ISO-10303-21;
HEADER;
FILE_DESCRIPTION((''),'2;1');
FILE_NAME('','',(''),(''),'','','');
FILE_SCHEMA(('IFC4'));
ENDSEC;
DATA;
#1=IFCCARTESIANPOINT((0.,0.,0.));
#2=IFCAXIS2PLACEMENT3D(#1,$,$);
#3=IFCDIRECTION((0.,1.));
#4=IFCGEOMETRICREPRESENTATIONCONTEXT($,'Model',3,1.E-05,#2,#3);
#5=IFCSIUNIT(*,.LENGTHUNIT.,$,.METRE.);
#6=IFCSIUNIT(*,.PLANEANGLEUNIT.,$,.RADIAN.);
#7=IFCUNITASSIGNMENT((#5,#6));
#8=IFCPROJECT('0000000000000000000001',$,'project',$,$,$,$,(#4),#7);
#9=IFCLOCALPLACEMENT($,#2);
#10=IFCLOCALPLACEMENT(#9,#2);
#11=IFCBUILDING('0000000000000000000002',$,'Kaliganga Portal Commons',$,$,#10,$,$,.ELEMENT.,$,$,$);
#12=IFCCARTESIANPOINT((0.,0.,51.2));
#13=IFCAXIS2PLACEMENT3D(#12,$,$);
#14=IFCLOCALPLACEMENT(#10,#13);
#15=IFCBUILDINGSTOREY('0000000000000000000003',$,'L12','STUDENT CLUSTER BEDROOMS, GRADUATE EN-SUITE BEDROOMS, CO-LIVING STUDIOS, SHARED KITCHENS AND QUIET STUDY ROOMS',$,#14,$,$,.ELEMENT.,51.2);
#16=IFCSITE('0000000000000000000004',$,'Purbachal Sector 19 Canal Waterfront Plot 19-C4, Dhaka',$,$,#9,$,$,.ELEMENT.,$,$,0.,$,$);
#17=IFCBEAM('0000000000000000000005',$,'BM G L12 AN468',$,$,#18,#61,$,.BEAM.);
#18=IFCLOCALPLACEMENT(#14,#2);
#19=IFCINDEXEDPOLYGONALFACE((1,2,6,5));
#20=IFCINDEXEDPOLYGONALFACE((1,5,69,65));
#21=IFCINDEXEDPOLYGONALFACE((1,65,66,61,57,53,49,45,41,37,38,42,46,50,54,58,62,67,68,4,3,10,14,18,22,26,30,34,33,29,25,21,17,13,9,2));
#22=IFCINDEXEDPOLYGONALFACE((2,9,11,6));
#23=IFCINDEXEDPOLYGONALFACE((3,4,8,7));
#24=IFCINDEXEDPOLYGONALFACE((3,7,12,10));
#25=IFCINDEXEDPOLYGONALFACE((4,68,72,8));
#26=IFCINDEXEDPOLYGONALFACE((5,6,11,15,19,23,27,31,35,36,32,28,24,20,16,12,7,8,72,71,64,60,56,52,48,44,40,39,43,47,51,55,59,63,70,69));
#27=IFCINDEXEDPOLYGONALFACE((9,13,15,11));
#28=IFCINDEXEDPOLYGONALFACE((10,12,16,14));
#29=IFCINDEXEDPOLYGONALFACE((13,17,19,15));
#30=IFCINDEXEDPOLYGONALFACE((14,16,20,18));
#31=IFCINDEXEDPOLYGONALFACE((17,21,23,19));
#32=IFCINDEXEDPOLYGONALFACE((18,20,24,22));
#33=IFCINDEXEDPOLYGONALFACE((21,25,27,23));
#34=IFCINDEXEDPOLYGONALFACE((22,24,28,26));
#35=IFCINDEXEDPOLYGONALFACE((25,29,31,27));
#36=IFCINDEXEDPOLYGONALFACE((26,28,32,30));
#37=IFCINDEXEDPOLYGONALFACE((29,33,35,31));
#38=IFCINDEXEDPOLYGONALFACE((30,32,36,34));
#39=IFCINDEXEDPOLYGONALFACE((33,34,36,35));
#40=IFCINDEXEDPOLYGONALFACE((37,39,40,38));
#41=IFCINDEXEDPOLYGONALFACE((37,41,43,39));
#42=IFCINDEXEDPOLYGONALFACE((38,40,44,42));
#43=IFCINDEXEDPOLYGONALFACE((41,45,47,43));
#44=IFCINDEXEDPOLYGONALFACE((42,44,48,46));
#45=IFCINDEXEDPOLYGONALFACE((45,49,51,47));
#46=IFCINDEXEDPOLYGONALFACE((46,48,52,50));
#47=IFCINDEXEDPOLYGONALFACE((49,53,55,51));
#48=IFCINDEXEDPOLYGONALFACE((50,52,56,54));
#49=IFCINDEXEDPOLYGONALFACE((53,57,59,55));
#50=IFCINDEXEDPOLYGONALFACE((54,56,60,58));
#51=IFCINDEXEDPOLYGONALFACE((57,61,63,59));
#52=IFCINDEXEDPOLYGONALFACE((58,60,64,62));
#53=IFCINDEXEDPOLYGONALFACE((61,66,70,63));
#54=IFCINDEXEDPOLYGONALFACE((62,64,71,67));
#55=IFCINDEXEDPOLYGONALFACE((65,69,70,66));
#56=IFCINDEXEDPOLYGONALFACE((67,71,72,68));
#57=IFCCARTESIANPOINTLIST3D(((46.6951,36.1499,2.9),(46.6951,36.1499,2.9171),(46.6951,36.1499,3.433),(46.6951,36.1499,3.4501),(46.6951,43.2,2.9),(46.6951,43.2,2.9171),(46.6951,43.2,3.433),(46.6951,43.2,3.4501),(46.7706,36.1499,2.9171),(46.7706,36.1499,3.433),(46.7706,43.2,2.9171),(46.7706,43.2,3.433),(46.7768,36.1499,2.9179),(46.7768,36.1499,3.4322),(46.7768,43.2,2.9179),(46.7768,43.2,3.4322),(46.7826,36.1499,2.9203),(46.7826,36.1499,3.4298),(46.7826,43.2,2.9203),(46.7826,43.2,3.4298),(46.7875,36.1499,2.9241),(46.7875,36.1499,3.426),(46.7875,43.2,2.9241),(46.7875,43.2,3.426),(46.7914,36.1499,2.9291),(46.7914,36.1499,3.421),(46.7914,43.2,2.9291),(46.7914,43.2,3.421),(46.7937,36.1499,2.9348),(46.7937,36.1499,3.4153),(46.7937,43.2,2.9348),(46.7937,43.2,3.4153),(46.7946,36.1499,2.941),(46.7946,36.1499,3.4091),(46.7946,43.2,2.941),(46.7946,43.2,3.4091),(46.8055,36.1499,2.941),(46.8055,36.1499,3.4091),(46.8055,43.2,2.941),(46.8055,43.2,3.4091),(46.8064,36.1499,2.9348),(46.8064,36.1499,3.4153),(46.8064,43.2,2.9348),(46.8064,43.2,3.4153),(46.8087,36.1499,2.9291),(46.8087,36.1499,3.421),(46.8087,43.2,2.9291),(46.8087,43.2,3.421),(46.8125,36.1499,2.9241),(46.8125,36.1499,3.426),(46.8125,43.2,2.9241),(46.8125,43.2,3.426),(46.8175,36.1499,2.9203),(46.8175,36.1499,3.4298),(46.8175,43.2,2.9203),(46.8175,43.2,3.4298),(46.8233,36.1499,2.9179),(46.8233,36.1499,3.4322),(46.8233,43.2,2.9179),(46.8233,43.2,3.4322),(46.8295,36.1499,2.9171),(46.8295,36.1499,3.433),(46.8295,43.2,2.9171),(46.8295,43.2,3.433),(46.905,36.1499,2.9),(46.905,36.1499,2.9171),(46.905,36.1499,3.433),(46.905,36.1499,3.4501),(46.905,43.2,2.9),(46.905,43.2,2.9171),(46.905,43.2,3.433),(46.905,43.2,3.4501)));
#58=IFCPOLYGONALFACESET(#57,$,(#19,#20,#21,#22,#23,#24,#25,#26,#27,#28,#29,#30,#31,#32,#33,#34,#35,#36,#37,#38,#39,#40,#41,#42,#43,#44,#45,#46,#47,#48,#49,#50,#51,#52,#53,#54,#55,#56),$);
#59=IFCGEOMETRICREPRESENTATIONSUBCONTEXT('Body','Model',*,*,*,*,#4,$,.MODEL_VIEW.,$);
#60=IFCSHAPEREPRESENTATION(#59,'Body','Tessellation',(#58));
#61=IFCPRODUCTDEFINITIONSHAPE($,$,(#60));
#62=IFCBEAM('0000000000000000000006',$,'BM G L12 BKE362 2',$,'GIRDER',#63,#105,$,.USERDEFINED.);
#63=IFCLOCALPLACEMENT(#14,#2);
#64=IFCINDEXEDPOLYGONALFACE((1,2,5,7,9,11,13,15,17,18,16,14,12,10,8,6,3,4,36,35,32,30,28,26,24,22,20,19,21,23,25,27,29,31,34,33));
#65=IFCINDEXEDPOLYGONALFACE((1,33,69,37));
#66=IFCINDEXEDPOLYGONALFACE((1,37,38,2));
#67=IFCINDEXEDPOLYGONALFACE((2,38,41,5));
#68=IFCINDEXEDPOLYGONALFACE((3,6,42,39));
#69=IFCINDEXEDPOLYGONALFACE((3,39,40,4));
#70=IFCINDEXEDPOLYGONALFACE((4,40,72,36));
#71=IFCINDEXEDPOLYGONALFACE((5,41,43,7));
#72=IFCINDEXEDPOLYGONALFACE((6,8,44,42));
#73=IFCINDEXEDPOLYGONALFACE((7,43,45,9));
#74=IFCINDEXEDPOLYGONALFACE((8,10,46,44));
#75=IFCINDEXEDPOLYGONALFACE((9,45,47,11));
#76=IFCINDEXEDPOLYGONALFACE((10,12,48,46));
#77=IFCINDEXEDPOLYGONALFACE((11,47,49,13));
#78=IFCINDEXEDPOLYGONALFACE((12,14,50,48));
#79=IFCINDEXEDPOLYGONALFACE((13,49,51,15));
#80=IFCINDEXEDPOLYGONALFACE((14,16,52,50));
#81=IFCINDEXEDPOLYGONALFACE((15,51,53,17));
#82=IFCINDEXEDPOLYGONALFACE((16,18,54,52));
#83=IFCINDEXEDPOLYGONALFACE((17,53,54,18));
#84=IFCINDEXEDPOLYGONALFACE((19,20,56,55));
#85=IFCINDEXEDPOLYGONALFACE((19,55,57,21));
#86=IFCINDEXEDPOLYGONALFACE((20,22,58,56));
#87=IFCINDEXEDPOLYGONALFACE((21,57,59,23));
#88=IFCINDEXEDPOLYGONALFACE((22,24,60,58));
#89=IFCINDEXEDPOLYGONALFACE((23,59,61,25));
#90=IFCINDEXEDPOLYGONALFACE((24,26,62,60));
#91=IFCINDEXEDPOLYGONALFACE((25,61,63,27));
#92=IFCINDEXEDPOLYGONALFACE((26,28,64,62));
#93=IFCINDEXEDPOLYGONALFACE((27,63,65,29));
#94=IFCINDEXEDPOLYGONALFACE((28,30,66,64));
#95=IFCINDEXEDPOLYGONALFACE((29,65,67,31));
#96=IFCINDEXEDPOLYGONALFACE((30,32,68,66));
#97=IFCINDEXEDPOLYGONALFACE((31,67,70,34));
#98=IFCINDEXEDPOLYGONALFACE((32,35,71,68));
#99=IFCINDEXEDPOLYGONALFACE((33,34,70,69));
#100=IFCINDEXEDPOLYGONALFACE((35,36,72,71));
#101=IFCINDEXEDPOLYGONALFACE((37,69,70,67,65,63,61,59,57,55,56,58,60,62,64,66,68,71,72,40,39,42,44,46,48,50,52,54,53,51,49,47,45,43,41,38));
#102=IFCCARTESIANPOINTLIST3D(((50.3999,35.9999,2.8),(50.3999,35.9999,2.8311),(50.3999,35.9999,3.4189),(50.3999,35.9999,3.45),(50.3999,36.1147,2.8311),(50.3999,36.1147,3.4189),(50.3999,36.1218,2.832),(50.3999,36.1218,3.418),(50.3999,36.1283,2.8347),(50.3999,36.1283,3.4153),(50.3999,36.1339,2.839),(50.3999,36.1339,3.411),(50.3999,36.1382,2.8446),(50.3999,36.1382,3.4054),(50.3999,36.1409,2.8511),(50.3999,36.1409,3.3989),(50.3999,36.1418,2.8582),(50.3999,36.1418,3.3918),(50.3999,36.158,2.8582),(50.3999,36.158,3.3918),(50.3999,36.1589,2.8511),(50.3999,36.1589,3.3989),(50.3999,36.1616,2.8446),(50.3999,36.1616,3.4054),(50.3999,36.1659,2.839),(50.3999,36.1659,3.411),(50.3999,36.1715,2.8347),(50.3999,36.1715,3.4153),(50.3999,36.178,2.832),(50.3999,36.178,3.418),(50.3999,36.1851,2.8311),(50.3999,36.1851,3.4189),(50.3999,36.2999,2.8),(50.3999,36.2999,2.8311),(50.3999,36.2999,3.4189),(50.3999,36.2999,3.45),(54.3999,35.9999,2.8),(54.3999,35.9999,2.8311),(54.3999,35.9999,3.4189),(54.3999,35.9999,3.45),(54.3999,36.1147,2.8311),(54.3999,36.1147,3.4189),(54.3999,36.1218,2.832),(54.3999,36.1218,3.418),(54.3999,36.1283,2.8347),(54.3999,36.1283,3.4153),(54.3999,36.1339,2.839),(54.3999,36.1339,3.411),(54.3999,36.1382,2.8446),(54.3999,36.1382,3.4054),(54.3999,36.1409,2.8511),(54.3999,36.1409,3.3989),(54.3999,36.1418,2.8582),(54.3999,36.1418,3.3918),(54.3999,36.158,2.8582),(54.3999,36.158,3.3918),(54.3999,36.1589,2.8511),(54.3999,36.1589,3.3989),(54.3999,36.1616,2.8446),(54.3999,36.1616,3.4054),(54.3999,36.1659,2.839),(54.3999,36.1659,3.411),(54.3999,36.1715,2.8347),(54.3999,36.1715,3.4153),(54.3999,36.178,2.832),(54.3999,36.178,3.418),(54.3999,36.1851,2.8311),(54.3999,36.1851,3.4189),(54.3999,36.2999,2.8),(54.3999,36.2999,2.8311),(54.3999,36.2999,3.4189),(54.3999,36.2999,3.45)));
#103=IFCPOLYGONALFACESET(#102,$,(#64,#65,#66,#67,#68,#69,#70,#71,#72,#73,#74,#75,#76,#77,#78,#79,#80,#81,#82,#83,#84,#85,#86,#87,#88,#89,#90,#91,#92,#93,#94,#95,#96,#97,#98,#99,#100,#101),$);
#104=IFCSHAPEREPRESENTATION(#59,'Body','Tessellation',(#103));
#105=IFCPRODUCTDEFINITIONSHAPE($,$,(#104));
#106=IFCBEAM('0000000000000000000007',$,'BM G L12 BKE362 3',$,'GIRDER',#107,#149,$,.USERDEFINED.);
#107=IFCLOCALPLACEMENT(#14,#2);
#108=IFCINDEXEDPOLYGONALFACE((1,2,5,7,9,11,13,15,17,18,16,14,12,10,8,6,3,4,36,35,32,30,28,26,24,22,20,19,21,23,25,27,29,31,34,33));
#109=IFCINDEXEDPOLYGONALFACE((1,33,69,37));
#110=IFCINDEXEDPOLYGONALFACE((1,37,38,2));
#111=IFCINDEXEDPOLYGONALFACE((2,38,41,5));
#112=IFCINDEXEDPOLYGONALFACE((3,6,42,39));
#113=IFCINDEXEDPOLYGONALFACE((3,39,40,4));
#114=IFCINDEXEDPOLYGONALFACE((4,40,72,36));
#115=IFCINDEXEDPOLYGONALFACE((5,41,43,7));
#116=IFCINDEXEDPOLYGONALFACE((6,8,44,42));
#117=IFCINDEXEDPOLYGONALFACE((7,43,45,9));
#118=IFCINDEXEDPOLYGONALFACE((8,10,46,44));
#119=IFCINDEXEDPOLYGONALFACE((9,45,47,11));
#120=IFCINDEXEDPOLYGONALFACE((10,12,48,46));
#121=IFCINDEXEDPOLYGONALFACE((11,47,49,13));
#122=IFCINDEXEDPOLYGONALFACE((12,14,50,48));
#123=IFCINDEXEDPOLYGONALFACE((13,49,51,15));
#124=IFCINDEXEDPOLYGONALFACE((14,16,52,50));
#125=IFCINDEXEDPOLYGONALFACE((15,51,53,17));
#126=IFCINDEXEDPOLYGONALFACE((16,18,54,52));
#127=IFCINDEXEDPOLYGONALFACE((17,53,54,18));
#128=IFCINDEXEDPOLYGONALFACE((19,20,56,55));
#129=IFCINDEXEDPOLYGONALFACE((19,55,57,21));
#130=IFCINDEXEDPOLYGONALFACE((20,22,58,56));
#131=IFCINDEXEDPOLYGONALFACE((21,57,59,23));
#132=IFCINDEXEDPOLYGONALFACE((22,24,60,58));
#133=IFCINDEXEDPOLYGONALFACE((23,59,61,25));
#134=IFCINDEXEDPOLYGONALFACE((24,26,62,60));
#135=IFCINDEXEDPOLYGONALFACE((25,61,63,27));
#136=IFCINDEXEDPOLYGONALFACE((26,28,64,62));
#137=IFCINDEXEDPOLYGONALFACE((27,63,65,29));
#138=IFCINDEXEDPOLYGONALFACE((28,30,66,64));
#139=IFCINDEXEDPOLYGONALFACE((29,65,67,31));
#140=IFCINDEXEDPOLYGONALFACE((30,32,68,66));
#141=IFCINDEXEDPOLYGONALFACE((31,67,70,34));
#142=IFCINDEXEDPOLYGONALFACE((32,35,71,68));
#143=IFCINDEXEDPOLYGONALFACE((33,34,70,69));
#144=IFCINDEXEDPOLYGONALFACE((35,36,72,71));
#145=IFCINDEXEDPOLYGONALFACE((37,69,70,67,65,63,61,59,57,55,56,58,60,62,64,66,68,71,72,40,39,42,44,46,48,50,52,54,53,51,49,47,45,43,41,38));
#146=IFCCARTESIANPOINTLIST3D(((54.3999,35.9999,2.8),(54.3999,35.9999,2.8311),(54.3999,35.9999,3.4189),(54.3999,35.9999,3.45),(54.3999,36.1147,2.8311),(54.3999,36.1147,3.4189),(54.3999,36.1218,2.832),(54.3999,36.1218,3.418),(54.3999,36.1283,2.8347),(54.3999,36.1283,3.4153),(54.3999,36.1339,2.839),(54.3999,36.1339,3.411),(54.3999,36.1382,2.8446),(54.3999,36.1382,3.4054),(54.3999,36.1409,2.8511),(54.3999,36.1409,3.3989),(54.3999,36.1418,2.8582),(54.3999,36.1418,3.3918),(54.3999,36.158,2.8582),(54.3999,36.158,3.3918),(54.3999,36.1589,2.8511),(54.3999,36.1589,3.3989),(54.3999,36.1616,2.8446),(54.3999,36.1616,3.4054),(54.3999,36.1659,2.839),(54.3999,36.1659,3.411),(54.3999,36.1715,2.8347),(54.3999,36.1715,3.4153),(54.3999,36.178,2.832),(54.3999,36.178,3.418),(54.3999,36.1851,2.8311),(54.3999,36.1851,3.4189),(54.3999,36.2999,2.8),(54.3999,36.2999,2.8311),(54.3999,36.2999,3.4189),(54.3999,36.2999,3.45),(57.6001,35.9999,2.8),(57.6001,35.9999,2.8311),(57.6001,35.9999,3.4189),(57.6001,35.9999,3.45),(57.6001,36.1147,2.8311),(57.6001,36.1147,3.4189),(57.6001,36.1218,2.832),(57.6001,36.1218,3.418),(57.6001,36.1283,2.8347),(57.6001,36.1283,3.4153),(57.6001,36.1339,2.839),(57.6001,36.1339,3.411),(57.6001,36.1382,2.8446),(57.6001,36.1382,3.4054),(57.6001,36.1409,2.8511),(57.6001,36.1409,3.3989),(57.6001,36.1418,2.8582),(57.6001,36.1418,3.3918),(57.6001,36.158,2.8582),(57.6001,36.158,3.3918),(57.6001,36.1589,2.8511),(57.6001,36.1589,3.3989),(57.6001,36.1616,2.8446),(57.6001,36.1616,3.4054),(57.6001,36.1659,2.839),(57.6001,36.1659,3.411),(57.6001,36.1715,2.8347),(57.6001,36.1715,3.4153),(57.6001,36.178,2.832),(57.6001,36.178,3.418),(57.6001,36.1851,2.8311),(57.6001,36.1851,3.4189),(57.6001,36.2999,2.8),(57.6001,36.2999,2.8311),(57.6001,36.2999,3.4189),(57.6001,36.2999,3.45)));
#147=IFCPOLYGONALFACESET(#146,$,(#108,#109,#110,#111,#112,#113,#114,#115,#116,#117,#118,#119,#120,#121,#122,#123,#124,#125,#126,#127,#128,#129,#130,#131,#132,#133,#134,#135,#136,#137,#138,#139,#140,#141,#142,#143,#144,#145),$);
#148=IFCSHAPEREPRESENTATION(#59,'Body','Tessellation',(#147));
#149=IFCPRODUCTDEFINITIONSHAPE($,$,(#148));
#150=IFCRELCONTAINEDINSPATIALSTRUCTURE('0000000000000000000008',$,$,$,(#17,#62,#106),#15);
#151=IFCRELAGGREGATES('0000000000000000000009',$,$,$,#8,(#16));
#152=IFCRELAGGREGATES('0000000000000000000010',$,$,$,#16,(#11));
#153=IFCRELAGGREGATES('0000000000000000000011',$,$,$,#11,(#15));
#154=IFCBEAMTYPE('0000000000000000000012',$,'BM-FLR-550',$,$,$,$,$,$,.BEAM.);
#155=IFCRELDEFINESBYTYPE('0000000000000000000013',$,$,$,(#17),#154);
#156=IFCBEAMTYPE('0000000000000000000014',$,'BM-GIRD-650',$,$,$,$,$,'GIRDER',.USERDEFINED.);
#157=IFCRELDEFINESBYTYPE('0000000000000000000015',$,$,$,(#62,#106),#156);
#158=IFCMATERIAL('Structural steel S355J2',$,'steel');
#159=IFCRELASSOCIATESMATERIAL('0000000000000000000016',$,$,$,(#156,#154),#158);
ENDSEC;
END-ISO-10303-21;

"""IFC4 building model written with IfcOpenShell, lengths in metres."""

from ifc_helpers import new_model, si_unit, direction, frame, origin, origin_2d, place, context, subcontext, project, spatial, i_section, extrude, source, transform, mapped, material, material_profile, profile_set, type_object, element, save


model = new_model("IFC4")

# Units and contexts
model_context = context("Model", 3, precision=1e-05, world=origin(), true_north=direction((0.0, 1.0)))
body_context = subcontext(model_context, "Body", "Model", "MODEL_VIEW")
ifc_project = project(units=[si_unit("LENGTHUNIT", "METRE"), si_unit("PLANEANGLEUNIT", "RADIAN")], contexts=[model_context])

# Site, building, storey
site_placement = place(None, origin())
site = spatial("IfcSite", under=ifc_project, at=site_placement, Name="Purbachal Sector 19 Canal Waterfront Plot 19-C4, Dhaka", CompositionType="ELEMENT", RefElevation=0.0)
building_placement = place(site_placement, origin())
building = spatial("IfcBuilding", under=site, at=building_placement, Name="Kaliganga Portal Commons", CompositionType="ELEMENT")
storey_placement = place(building_placement, frame((0.0, 0.0, 51.2)))
storey = spatial("IfcBuildingStorey", under=building, at=storey_placement, Name="L12", Description="STUDENT CLUSTER BEDROOMS, GRADUATE EN-SUITE BEDROOMS, CO-LIVING STUDIOS, SHARED KITCHENS AND QUIET STUDY ROOMS", CompositionType="ELEMENT", Elevation=51.2)

# Beams
ifc_material_1 = material(Name="Structural steel S355J2", Category="steel")
ifc_material_profile_1 = material_profile(ifc_material_1, i_section(OverallWidth=0.3, OverallDepth=0.6499, WebThickness=0.0161, FlangeThickness=0.031, FilletRadius=0.0271, at=origin_2d()), Name="HE 650 B")
ifc_profile_set_1 = profile_set([ifc_material_profile_1], Name="Structural steel S355J2 wide-flange")
beam_type_1 = type_object("IfcBeamType", Name="BM-GIRD-650", ElementType="GIRDER", PredefinedType="USERDEFINED", material=ifc_profile_set_1)
ifc_material_profile_2 = material_profile(ifc_material_1, i_section(OverallWidth=0.21, OverallDepth=0.55, WebThickness=0.011, FlangeThickness=0.0171, FilletRadius=0.0239, at=origin_2d()), Name="IPE 550")
ifc_profile_set_2 = profile_set([ifc_material_profile_2], Name="Structural steel S355J2 wide-flange")
beam_type_2 = type_object("IfcBeamType", Name="BM-FLR-550", PredefinedType="BEAM", material=ifc_profile_set_2)
shared_shape_1 = source(origin(), body_context, "Body", "SweptSolid", [
    extrude(i_section(OverallWidth=0.21, OverallDepth=0.55, WebThickness=0.011, FlangeThickness=0.0171, FilletRadius=0.0239, at=origin_2d()), origin(), (0.0, 0.0, 1.0), 7.05),
])
beam_1_placement = place(storey_placement, frame((46.8, 36.1499, 3.175), z_axis=(0.0, 1.0, 0.0), x_axis=(-1.0, 0.0, 0.0)))
element("IfcBeam", 1, at=beam_1_placement, inside=storey, type_object=beam_type_2, Name="BM G L12 AN468", PredefinedType="BEAM", context=body_context, shape_type="MappedRepresentation", body=[
    mapped(shared_shape_1, transform((0.0, 0.0, 0.0), x_axis=(1.0, 0.0, 0.0), y_axis=(0.0, 1.0, 0.0), z_axis=(0.0, 0.0, 1.0), scale=1.0)),
])
shared_shape_2 = source(origin(), body_context, "Body", "SweptSolid", [
    extrude(i_section(OverallWidth=0.3, OverallDepth=0.6499, WebThickness=0.0161, FlangeThickness=0.031, FilletRadius=0.0271, at=origin_2d()), origin(), (0.0, 0.0, 1.0), 4.0),
])
beam_2_placement = place(storey_placement, frame((50.3999, 36.1499, 3.125), z_axis=(1.0, 0.0, 0.0), x_axis=(0.0, 1.0, 0.0)))
element("IfcBeam", 2, at=beam_2_placement, inside=storey, type_object=beam_type_1, Name="BM G L12 BKE362 2", ObjectType="GIRDER", PredefinedType="USERDEFINED", context=body_context, shape_type="MappedRepresentation", body=[
    mapped(shared_shape_2, transform((0.0, 0.0, 0.0), x_axis=(1.0, 0.0, 0.0), y_axis=(0.0, 1.0, 0.0), z_axis=(0.0, 0.0, 1.0), scale=1.0)),
])
shared_shape_3 = source(origin(), body_context, "Body", "SweptSolid", [
    extrude(i_section(OverallWidth=0.3, OverallDepth=0.6499, WebThickness=0.0161, FlangeThickness=0.031, FilletRadius=0.0271, at=origin_2d()), origin(), (0.0, 0.0, 1.0), 3.2002),
])
beam_3_placement = place(storey_placement, frame((54.3999, 36.1499, 3.125), z_axis=(1.0, 0.0, 0.0), x_axis=(0.0, 1.0, 0.0)))
element("IfcBeam", 3, at=beam_3_placement, inside=storey, type_object=beam_type_1, Name="BM G L12 BKE362 3", ObjectType="GIRDER", PredefinedType="USERDEFINED", context=body_context, shape_type="MappedRepresentation", body=[
    mapped(shared_shape_3, transform((0.0, 0.0, 0.0), x_axis=(1.0, 0.0, 0.0), y_axis=(0.0, 1.0, 0.0), z_axis=(0.0, 0.0, 1.0), scale=1.0)),
])

save(model, "model.ifc")
